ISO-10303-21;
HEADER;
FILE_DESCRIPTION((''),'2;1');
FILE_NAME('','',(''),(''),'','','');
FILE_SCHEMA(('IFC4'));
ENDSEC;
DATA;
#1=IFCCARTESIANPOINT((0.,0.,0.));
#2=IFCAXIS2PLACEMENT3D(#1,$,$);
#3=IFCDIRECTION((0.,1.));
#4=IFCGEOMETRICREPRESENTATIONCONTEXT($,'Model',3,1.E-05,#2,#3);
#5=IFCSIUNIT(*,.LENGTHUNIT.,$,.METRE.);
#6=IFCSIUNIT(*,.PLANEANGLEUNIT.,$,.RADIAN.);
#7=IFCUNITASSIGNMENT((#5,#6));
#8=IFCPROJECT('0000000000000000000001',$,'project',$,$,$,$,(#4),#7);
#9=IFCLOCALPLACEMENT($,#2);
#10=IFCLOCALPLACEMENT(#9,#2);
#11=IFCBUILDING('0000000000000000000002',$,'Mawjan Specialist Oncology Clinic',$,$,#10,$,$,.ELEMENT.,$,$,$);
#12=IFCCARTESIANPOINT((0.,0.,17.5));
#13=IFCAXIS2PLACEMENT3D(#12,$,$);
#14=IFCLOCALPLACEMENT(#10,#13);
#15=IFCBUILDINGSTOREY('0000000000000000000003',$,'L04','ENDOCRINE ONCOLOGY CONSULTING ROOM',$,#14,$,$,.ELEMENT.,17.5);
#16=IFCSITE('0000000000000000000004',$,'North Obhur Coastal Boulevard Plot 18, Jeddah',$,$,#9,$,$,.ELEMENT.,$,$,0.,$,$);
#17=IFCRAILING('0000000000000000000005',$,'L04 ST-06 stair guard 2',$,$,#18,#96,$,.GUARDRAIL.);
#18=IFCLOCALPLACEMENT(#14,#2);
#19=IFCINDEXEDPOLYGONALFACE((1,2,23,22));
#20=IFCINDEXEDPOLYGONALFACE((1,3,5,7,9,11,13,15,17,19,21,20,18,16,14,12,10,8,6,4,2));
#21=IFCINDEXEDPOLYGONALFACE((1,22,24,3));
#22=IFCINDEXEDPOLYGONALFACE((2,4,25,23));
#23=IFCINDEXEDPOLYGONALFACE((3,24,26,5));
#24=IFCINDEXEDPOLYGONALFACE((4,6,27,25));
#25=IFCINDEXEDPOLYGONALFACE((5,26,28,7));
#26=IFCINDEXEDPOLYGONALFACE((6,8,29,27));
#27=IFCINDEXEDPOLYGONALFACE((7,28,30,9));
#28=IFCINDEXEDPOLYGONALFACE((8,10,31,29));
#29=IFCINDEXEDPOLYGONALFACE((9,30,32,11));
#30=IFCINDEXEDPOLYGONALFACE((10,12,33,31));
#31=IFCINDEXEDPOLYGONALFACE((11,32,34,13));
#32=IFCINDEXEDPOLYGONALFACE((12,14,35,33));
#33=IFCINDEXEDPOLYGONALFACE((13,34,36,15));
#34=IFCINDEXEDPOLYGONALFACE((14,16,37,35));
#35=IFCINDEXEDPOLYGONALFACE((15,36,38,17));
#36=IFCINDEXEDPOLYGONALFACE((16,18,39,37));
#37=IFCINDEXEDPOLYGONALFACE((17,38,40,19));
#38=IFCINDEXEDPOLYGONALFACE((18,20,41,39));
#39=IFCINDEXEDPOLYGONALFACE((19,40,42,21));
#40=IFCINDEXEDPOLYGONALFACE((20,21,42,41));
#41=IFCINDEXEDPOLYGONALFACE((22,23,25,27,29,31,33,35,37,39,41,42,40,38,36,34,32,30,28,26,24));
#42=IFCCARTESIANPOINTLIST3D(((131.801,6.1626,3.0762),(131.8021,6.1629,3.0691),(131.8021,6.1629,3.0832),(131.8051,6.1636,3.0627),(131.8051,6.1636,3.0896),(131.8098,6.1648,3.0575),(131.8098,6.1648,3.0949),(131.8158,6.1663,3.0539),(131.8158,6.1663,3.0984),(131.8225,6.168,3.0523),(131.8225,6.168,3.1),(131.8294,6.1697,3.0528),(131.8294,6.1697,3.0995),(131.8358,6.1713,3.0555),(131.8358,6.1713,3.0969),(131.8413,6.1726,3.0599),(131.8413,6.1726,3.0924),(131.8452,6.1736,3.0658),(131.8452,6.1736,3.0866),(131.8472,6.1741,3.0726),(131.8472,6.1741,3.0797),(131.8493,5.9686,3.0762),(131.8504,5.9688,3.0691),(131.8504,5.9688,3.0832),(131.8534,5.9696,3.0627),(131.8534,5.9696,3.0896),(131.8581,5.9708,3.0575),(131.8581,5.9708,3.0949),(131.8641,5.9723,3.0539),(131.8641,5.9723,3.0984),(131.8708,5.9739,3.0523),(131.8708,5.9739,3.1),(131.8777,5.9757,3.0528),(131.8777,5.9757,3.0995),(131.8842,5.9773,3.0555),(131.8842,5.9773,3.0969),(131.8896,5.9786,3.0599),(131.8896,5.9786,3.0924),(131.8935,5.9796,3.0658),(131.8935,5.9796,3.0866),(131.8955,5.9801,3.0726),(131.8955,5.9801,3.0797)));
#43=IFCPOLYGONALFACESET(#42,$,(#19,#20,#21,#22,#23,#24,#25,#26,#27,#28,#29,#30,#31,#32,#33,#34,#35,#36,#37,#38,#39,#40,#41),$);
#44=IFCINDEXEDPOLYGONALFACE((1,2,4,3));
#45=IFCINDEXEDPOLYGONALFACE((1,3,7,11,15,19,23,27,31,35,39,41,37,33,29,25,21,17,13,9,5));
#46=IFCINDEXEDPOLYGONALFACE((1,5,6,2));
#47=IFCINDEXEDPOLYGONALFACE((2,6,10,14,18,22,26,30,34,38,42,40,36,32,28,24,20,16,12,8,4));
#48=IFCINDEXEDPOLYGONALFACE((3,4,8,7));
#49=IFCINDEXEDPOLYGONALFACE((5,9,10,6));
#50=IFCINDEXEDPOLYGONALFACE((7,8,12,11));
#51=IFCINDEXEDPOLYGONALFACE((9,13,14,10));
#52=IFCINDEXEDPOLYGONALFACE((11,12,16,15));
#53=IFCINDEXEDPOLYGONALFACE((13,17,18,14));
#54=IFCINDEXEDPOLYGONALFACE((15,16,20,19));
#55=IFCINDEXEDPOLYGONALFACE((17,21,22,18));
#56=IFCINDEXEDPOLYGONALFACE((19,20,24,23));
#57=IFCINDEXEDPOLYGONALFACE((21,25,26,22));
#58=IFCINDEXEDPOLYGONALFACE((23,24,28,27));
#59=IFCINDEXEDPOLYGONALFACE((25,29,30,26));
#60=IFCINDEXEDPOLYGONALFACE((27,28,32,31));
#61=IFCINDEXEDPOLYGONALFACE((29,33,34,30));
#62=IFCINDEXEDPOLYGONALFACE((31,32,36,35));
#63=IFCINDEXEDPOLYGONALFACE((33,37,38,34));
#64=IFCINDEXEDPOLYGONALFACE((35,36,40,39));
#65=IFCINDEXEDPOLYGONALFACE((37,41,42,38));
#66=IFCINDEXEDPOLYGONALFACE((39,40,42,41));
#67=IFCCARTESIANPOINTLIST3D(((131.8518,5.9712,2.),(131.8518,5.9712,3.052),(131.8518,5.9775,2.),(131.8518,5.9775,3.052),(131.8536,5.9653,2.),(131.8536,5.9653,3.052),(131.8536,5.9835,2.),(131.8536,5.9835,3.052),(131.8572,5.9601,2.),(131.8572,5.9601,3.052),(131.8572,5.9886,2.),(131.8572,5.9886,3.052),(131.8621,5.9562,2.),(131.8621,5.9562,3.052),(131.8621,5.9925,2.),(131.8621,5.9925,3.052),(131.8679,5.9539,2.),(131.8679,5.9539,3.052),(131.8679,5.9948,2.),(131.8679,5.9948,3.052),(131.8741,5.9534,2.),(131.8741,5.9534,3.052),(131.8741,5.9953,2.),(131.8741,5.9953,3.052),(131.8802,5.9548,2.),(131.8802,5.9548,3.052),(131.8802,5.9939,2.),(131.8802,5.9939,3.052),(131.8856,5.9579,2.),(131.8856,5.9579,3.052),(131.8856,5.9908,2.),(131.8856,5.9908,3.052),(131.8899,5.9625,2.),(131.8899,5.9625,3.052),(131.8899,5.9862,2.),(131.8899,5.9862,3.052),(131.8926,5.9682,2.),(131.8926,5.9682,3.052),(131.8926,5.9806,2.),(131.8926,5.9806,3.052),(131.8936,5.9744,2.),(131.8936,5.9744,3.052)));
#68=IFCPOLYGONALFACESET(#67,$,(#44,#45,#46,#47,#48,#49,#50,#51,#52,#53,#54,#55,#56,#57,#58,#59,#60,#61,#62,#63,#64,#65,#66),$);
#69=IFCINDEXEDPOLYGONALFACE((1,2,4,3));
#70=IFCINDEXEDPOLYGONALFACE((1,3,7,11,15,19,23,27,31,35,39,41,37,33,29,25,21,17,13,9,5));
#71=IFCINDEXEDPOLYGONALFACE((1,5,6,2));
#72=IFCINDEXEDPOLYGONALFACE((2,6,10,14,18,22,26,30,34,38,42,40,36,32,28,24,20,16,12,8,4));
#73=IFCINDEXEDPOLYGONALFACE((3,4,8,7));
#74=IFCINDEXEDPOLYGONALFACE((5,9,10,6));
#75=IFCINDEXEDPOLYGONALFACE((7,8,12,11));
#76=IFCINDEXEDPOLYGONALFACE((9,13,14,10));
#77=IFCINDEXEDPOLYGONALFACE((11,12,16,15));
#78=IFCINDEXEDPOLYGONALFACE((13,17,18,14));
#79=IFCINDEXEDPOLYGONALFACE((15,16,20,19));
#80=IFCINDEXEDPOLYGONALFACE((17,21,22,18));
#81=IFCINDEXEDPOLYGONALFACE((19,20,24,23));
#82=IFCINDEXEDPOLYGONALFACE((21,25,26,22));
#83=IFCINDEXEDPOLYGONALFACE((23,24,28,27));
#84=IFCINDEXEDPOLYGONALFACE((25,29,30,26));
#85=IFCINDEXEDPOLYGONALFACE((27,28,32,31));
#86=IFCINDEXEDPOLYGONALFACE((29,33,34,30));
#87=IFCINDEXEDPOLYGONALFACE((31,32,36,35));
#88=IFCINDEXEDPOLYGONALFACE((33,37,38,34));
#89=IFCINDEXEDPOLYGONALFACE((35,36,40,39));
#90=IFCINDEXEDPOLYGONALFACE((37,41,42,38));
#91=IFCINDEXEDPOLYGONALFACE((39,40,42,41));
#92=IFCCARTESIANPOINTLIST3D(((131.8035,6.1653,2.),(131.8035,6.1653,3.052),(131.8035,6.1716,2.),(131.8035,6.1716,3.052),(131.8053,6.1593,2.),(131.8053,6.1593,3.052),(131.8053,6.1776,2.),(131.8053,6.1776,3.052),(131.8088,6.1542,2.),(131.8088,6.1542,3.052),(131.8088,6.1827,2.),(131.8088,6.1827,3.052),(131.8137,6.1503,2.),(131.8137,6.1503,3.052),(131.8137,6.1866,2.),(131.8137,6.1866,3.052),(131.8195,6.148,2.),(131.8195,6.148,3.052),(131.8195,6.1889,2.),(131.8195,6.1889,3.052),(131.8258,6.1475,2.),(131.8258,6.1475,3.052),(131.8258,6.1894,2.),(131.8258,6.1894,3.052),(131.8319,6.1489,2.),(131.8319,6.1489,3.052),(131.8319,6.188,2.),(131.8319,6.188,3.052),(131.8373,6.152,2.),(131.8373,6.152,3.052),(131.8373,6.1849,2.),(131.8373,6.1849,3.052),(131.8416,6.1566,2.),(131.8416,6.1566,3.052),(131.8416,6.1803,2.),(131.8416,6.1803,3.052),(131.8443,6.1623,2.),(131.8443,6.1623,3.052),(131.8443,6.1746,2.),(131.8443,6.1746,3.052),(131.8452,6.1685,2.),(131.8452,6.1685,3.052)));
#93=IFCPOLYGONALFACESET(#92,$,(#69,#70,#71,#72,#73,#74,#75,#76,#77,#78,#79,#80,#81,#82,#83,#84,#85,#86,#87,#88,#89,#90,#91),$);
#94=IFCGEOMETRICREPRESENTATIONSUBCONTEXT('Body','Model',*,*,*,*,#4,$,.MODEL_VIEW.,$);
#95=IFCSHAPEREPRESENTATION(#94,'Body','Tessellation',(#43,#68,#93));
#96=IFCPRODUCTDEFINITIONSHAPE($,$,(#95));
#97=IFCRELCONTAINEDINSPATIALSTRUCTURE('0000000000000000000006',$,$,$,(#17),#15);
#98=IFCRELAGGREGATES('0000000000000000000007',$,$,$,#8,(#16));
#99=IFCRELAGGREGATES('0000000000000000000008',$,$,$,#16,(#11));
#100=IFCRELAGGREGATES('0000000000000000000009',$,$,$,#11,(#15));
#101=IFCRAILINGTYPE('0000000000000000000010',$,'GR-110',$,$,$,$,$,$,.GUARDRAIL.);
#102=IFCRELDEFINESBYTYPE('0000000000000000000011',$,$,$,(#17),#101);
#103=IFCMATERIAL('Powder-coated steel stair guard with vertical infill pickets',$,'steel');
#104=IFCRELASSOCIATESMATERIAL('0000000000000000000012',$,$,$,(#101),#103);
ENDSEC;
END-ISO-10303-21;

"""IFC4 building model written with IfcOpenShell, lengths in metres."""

from ifc_helpers import new_model, si_unit, direction, frame, origin, origin_2d, place, context, subcontext, project, spatial, circle, extrude, material, type_object, element, save


model = new_model("IFC4")

# Units and contexts
model_context = context("Model", 3, precision=1e-05, world=origin(), true_north=direction((0.0, 1.0)))
body_context = subcontext(model_context, "Body", "Model", "MODEL_VIEW")
ifc_project = project(units=[si_unit("LENGTHUNIT", "METRE"), si_unit("PLANEANGLEUNIT", "RADIAN")], contexts=[model_context])

# Site, building, storey
site_placement = place(None, origin())
site = spatial("IfcSite", under=ifc_project, at=site_placement, Name="North Obhur Coastal Boulevard Plot 18, Jeddah", CompositionType="ELEMENT", RefElevation=0.0)
building_placement = place(site_placement, origin())
building = spatial("IfcBuilding", under=site, at=building_placement, Name="Mawjan Specialist Oncology Clinic", CompositionType="ELEMENT")
storey_placement = place(building_placement, frame((0.0, 0.0, 17.5)))
storey = spatial("IfcBuildingStorey", under=building, at=storey_placement, Name="L04", Description="ENDOCRINE ONCOLOGY CONSULTING ROOM", CompositionType="ELEMENT", Elevation=17.5)

# Railing
ifc_material_1 = material(Name="Powder-coated steel stair guard with vertical infill pickets", Category="steel")
railing_type_1 = type_object("IfcRailingType", Name="GR-110", PredefinedType="GUARDRAIL", material=ifc_material_1)
railing_1_placement = place(storey_placement, frame((131.8726, 5.9744, 2.0)))
element("IfcRailing", 1, at=railing_1_placement, inside=storey, type_object=railing_type_1, Name="L04 ST-06 stair guard 2", PredefinedType="GUARDRAIL", context=body_context, shape_type="SweptSolid", body=[
    extrude(circle(Radius=0.0239, at=origin_2d()), frame((0.0, 0.0, 1.0762), z_axis=(-0.241674, 0.970358, 0.0), x_axis=(-0.970358, -0.241674, 0.0)), (0.0, 0.0, 1.0), 0.2),
    extrude(circle(Radius=0.021, at=origin_2d()), origin(), (0.0, 0.0, 1.0), 1.052),
    extrude(circle(Radius=0.021, at=origin_2d()), frame((-0.0483, 0.1941, 0.0)), (0.0, 0.0, 1.0), 1.052),
])

save(model, "model.ifc")
